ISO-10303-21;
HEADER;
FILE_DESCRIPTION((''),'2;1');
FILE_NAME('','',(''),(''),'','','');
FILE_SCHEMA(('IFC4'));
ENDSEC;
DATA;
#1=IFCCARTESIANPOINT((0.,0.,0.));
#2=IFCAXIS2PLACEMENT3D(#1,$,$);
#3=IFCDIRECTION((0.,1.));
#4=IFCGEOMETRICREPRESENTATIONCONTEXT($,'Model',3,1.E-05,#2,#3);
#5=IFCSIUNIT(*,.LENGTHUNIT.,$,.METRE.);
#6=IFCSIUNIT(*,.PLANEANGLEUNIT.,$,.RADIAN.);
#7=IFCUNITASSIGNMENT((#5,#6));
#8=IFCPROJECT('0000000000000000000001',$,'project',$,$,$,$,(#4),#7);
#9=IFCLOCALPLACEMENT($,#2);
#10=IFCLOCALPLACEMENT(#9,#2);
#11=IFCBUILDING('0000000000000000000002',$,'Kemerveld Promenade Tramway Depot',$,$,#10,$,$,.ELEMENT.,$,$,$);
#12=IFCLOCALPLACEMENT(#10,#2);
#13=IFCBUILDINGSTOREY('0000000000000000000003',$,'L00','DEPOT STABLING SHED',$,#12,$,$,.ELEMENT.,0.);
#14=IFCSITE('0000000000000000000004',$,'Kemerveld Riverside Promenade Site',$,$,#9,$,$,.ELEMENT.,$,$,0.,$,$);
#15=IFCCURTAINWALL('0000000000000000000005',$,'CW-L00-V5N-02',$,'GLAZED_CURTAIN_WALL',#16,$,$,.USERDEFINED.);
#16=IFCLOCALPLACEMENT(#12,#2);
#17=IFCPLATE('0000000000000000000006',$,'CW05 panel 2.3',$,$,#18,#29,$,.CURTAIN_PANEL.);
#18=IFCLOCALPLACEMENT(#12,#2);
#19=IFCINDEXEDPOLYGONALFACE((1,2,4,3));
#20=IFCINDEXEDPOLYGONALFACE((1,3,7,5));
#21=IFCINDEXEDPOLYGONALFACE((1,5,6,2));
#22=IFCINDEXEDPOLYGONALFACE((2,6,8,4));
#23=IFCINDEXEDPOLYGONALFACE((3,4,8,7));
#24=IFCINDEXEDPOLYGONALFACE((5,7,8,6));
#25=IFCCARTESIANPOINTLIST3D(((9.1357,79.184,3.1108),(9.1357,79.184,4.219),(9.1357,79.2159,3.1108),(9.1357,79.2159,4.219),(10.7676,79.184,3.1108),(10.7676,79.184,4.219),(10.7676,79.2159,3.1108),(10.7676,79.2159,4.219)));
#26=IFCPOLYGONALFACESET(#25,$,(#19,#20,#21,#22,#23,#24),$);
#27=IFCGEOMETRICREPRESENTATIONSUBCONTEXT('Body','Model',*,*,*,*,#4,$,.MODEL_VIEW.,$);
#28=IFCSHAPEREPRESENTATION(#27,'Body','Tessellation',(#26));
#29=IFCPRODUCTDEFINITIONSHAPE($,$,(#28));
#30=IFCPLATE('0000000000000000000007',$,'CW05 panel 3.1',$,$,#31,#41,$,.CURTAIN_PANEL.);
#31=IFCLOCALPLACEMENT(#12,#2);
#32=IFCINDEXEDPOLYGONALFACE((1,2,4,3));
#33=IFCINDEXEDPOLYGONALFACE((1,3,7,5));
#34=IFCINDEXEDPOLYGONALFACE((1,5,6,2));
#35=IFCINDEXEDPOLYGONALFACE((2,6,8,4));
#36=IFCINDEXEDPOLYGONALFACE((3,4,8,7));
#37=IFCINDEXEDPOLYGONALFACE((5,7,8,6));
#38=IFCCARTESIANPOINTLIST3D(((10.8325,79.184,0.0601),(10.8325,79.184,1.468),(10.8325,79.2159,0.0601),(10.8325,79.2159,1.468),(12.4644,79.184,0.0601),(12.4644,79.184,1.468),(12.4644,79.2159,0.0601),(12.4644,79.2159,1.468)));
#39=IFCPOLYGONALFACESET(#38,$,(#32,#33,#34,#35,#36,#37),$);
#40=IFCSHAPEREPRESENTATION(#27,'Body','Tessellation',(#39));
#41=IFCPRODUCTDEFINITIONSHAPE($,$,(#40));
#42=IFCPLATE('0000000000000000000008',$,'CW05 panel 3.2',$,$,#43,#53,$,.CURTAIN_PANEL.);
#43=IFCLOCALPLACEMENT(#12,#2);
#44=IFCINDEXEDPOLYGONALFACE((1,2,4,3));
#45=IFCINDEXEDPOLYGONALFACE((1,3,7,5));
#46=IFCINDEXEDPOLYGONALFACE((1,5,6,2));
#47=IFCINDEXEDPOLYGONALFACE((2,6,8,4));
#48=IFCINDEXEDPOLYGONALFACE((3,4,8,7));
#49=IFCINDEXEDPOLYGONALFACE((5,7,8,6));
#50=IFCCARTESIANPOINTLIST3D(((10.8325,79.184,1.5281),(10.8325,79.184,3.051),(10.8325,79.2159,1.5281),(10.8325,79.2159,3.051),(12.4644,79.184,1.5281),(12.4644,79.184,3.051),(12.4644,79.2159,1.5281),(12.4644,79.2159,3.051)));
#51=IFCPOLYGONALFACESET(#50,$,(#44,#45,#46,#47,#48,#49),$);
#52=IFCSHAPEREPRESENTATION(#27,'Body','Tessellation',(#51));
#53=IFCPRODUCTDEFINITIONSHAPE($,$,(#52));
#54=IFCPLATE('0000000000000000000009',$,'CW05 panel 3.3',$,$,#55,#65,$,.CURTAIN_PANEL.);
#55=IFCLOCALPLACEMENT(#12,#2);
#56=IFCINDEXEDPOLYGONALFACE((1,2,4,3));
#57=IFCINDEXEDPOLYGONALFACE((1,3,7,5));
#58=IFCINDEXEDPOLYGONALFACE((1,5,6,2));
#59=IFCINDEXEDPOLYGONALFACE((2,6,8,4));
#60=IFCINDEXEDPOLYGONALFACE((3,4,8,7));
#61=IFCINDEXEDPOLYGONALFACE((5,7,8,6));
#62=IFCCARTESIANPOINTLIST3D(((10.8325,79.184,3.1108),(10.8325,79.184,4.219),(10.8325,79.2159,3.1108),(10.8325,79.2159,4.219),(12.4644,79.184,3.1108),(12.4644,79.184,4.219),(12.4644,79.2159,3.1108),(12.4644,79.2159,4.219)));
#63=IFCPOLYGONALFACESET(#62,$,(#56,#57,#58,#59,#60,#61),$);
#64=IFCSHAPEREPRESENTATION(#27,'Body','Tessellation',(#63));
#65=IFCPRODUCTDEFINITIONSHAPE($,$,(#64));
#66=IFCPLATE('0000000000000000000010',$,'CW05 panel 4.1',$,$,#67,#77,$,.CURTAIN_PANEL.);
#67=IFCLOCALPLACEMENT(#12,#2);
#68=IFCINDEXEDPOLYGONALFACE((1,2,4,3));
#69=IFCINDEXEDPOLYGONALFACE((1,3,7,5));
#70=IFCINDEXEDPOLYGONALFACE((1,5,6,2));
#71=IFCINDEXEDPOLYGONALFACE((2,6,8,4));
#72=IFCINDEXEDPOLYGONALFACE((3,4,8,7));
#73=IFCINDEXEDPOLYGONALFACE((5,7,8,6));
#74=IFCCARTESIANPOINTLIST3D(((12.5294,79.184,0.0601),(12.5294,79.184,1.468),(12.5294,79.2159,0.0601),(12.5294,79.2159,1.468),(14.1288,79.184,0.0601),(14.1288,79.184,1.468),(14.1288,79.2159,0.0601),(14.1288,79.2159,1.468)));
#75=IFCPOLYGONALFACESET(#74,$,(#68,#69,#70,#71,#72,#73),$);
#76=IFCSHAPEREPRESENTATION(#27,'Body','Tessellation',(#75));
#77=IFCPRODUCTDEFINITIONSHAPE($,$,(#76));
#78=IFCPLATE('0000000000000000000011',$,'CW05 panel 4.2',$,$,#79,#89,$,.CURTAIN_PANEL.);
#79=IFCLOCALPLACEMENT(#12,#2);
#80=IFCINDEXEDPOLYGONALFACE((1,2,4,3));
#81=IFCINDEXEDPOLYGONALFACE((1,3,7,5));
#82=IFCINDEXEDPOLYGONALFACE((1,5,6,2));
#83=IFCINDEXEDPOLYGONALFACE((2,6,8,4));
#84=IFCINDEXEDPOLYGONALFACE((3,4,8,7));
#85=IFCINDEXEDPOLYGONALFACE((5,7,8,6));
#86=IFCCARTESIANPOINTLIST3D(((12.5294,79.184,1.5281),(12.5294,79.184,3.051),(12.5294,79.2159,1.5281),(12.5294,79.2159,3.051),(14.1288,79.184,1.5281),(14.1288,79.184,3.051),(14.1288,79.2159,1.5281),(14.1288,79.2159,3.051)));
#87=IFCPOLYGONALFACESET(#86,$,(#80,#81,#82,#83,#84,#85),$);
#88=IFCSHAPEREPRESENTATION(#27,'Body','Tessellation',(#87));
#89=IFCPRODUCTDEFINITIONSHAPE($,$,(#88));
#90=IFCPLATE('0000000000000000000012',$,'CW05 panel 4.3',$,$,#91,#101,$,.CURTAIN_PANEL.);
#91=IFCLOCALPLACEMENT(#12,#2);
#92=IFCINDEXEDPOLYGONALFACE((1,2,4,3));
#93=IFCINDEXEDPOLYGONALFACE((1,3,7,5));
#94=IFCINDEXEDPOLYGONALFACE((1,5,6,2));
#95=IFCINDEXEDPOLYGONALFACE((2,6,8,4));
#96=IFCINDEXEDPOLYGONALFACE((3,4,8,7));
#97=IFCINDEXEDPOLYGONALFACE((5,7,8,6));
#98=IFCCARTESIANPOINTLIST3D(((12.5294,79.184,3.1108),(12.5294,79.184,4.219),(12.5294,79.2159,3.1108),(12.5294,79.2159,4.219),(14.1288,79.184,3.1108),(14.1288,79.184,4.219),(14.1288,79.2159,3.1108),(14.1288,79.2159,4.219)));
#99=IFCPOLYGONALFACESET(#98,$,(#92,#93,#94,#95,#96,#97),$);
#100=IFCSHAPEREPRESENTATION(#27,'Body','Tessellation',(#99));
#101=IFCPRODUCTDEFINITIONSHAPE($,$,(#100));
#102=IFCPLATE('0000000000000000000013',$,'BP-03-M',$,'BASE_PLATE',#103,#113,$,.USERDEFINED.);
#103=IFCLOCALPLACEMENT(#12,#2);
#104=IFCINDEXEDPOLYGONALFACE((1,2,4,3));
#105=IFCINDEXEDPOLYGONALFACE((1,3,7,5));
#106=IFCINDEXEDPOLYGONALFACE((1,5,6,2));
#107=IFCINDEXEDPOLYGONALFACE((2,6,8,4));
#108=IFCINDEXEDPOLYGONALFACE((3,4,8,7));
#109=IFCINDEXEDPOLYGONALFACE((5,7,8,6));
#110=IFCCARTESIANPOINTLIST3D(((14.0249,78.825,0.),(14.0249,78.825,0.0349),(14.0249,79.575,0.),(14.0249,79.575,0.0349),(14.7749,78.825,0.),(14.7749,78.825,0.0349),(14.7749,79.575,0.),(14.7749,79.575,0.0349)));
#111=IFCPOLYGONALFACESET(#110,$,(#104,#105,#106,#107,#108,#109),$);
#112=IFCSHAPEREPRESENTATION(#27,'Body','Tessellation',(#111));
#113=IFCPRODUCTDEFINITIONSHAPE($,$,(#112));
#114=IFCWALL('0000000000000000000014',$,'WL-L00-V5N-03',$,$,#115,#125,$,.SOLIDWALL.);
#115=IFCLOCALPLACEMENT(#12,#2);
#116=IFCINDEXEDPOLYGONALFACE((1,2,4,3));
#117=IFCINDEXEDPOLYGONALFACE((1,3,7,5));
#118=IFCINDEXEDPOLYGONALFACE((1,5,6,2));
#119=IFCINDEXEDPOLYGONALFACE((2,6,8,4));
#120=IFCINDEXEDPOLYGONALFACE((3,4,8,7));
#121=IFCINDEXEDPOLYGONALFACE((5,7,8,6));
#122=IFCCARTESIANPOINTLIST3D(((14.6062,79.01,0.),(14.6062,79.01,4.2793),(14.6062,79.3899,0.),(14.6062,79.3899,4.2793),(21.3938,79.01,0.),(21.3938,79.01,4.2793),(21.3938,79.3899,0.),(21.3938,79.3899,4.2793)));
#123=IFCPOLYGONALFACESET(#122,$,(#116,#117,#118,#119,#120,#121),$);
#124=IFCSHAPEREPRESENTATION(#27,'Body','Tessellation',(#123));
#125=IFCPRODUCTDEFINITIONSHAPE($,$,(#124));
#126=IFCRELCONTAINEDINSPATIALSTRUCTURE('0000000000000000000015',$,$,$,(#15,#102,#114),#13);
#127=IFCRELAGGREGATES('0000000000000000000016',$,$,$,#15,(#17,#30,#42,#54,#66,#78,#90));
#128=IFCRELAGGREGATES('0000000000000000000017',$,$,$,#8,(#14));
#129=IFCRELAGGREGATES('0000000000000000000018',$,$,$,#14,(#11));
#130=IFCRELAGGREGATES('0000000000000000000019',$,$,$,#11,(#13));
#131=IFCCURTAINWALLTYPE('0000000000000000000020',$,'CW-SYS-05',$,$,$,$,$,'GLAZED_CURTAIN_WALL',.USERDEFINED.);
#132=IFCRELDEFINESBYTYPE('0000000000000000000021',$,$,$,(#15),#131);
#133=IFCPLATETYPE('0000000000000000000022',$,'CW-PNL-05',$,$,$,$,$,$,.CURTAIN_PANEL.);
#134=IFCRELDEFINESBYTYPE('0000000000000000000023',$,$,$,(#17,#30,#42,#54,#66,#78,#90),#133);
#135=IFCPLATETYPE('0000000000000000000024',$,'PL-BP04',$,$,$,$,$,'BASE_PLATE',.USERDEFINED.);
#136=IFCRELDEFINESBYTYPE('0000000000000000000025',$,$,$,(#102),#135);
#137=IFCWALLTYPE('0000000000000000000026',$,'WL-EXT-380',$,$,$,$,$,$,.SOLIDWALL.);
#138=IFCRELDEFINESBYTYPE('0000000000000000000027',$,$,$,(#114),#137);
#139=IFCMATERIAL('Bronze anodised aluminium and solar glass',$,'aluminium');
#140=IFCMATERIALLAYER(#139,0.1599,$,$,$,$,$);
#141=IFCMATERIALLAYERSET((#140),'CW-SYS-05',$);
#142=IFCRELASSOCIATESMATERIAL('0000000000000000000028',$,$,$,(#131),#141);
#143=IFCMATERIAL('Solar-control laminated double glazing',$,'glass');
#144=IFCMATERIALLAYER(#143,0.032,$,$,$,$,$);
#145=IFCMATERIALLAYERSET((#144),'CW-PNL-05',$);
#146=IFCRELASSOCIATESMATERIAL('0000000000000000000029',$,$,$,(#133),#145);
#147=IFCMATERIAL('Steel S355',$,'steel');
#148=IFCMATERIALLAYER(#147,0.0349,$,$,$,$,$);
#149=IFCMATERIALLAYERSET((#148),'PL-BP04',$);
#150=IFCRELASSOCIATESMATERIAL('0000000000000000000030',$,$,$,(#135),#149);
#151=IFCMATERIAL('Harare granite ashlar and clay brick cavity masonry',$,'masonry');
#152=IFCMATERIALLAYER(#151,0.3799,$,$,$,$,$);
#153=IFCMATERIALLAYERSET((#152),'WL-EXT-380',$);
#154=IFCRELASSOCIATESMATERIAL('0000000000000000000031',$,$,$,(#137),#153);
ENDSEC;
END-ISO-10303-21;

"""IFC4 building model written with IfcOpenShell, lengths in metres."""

from ifc_helpers import new_model, si_unit, direction, frame, frame_2d, origin, origin_2d, place, context, subcontext, project, spatial, rectangle, extrude, material, layer, layer_set, type_object, element, aggregate, save


model = new_model("IFC4")

# Units and contexts
model_context = context("Model", 3, precision=1e-05, world=origin(), true_north=direction((0.0, 1.0)))
body_context = subcontext(model_context, "Body", "Model", "MODEL_VIEW")
ifc_project = project(units=[si_unit("LENGTHUNIT", "METRE"), si_unit("PLANEANGLEUNIT", "RADIAN")], contexts=[model_context])

# Site, building, storey
site_placement = place(None, origin())
site = spatial("IfcSite", under=ifc_project, at=site_placement, Name="Kemerveld Riverside Promenade Site", CompositionType="ELEMENT", RefElevation=0.0)
building_placement = place(site_placement, origin())
building = spatial("IfcBuilding", under=site, at=building_placement, Name="Kemerveld Promenade Tramway Depot", CompositionType="ELEMENT")
storey_placement = place(building_placement, origin())
storey = spatial("IfcBuildingStorey", under=building, at=storey_placement, Name="L00", Description="DEPOT STABLING SHED", CompositionType="ELEMENT", Elevation=0.0)

# Shared definitions
ifc_material_1 = material(Name="Steel S355", Category="steel")

# Curtain wall, plates
ifc_material_2 = material(Name="Bronze anodised aluminium and solar glass", Category="aluminium")
ifc_layer_1 = layer(ifc_material_2, 0.1599)
ifc_layer_set_1 = layer_set([ifc_layer_1], Name="CW-SYS-05")
curtain_wall_type = type_object("IfcCurtainWallType", Name="CW-SYS-05", ElementType="GLAZED_CURTAIN_WALL", PredefinedType="USERDEFINED", material=ifc_layer_set_1)
curtain_wall_placement = place(storey_placement, origin())
curtain_wall = element("IfcCurtainWall", 1, at=curtain_wall_placement, inside=storey, type_object=curtain_wall_type, Name="CW-L00-V5N-02", ObjectType="GLAZED_CURTAIN_WALL", PredefinedType="USERDEFINED")
ifc_material_3 = material(Name="Solar-control laminated double glazing", Category="glass")
ifc_layer_2 = layer(ifc_material_3, 0.032)
ifc_layer_set_2 = layer_set([ifc_layer_2], Name="CW-PNL-05")
plate_type_1 = type_object("IfcPlateType", Name="CW-PNL-05", PredefinedType="CURTAIN_PANEL", material=ifc_layer_set_2)
plate_1_placement = place(storey_placement, frame((9.9517, 79.2, 3.1108), z_axis=(0.0, 0.0, 1.0), x_axis=(1.0, 0.0, 0.0)))
plate_1 = element("IfcPlate", 2, at=plate_1_placement, type_object=plate_type_1, Name="CW05 panel 2.3", PredefinedType="CURTAIN_PANEL", context=body_context, shape_type="SweptSolid", body=[
    extrude(rectangle(XDim=1.6318, YDim=0.032, at=origin_2d()), origin(), (0.0, 0.0, 1.0), 1.1082),
])
plate_2_placement = place(storey_placement, frame((11.6484, 79.2, 0.0601), z_axis=(0.0, 0.0, 1.0), x_axis=(1.0, 0.0, 0.0)))
plate_2 = element("IfcPlate", 3, at=plate_2_placement, type_object=plate_type_1, Name="CW05 panel 3.1", PredefinedType="CURTAIN_PANEL", context=body_context, shape_type="SweptSolid", body=[
    extrude(rectangle(XDim=1.6318, YDim=0.032, at=origin_2d()), origin(), (0.0, 0.0, 1.0), 1.408),
])
plate_3_placement = place(storey_placement, frame((11.6484, 79.2, 1.5281), z_axis=(0.0, 0.0, 1.0), x_axis=(1.0, 0.0, 0.0)))
plate_3 = element("IfcPlate", 4, at=plate_3_placement, type_object=plate_type_1, Name="CW05 panel 3.2", PredefinedType="CURTAIN_PANEL", context=body_context, shape_type="SweptSolid", body=[
    extrude(rectangle(XDim=1.6318, YDim=0.032, at=origin_2d()), origin(), (0.0, 0.0, 1.0), 1.5229),
])
plate_4_placement = place(storey_placement, frame((11.6484, 79.2, 3.1108), z_axis=(0.0, 0.0, 1.0), x_axis=(1.0, 0.0, 0.0)))
plate_4 = element("IfcPlate", 5, at=plate_4_placement, type_object=plate_type_1, Name="CW05 panel 3.3", PredefinedType="CURTAIN_PANEL", context=body_context, shape_type="SweptSolid", body=[
    extrude(rectangle(XDim=1.6318, YDim=0.032, at=origin_2d()), origin(), (0.0, 0.0, 1.0), 1.1082),
])
plate_5_placement = place(storey_placement, frame((13.3291, 79.2, 0.0601), z_axis=(0.0, 0.0, 1.0), x_axis=(1.0, 0.0, 0.0)))
plate_5 = element("IfcPlate", 6, at=plate_5_placement, type_object=plate_type_1, Name="CW05 panel 4.1", PredefinedType="CURTAIN_PANEL", context=body_context, shape_type="SweptSolid", body=[
    extrude(rectangle(XDim=1.5994, YDim=0.032, at=origin_2d()), origin(), (0.0, 0.0, 1.0), 1.408),
])
plate_6_placement = place(storey_placement, frame((13.3291, 79.2, 1.5281), z_axis=(0.0, 0.0, 1.0), x_axis=(1.0, 0.0, 0.0)))
plate_6 = element("IfcPlate", 7, at=plate_6_placement, type_object=plate_type_1, Name="CW05 panel 4.2", PredefinedType="CURTAIN_PANEL", context=body_context, shape_type="SweptSolid", body=[
    extrude(rectangle(XDim=1.5994, YDim=0.032, at=origin_2d()), origin(), (0.0, 0.0, 1.0), 1.5229),
])
plate_7_placement = place(storey_placement, frame((13.3291, 79.2, 3.1108), z_axis=(0.0, 0.0, 1.0), x_axis=(1.0, 0.0, 0.0)))
plate_7 = element("IfcPlate", 8, at=plate_7_placement, type_object=plate_type_1, Name="CW05 panel 4.3", PredefinedType="CURTAIN_PANEL", context=body_context, shape_type="SweptSolid", body=[
    extrude(rectangle(XDim=1.5994, YDim=0.032, at=origin_2d()), origin(), (0.0, 0.0, 1.0), 1.1082),
])
aggregate(curtain_wall, [plate_1, plate_2, plate_3, plate_4, plate_5, plate_6, plate_7])

# Plate
ifc_layer_3 = layer(ifc_material_1, 0.0349)
ifc_layer_set_3 = layer_set([ifc_layer_3], Name="PL-BP04")
plate_type_2 = type_object("IfcPlateType", Name="PL-BP04", ElementType="BASE_PLATE", PredefinedType="USERDEFINED", material=ifc_layer_set_3)
plate_8_placement = place(storey_placement, frame((14.3999, 79.2, 0.0), z_axis=(0.0, 0.0, 1.0), x_axis=(1.0, 0.0, 0.0)))
element("IfcPlate", 9, at=plate_8_placement, inside=storey, type_object=plate_type_2, Name="BP-03-M", ObjectType="BASE_PLATE", PredefinedType="USERDEFINED", context=body_context, shape_type="SweptSolid", body=[
    extrude(rectangle(XDim=0.75, YDim=0.75, at=origin_2d()), origin(), (0.0, 0.0, 1.0), 0.0349),
])

# Wall
ifc_material_4 = material(Name="Harare granite ashlar and clay brick cavity masonry", Category="masonry")
ifc_layer_4 = layer(ifc_material_4, 0.3799)
ifc_layer_set_4 = layer_set([ifc_layer_4], Name="WL-EXT-380")
wall_type = type_object("IfcWallType", Name="WL-EXT-380", PredefinedType="SOLIDWALL", material=ifc_layer_set_4)
wall_placement = place(storey_placement, frame((14.6062, 79.2, 0.0), z_axis=(0.0, 0.0, 1.0), x_axis=(1.0, 0.0, 0.0)))
element("IfcWall", 10, at=wall_placement, inside=storey, type_object=wall_type, Name="WL-L00-V5N-03", PredefinedType="SOLIDWALL", context=body_context, shape_type="SweptSolid", body=[
    extrude(rectangle(XDim=6.7876, YDim=0.3799, at=frame_2d((3.3938, 0.0))), origin(), (0.0, 0.0, 1.0), 4.2793),
])

save(model, "model.ifc")
